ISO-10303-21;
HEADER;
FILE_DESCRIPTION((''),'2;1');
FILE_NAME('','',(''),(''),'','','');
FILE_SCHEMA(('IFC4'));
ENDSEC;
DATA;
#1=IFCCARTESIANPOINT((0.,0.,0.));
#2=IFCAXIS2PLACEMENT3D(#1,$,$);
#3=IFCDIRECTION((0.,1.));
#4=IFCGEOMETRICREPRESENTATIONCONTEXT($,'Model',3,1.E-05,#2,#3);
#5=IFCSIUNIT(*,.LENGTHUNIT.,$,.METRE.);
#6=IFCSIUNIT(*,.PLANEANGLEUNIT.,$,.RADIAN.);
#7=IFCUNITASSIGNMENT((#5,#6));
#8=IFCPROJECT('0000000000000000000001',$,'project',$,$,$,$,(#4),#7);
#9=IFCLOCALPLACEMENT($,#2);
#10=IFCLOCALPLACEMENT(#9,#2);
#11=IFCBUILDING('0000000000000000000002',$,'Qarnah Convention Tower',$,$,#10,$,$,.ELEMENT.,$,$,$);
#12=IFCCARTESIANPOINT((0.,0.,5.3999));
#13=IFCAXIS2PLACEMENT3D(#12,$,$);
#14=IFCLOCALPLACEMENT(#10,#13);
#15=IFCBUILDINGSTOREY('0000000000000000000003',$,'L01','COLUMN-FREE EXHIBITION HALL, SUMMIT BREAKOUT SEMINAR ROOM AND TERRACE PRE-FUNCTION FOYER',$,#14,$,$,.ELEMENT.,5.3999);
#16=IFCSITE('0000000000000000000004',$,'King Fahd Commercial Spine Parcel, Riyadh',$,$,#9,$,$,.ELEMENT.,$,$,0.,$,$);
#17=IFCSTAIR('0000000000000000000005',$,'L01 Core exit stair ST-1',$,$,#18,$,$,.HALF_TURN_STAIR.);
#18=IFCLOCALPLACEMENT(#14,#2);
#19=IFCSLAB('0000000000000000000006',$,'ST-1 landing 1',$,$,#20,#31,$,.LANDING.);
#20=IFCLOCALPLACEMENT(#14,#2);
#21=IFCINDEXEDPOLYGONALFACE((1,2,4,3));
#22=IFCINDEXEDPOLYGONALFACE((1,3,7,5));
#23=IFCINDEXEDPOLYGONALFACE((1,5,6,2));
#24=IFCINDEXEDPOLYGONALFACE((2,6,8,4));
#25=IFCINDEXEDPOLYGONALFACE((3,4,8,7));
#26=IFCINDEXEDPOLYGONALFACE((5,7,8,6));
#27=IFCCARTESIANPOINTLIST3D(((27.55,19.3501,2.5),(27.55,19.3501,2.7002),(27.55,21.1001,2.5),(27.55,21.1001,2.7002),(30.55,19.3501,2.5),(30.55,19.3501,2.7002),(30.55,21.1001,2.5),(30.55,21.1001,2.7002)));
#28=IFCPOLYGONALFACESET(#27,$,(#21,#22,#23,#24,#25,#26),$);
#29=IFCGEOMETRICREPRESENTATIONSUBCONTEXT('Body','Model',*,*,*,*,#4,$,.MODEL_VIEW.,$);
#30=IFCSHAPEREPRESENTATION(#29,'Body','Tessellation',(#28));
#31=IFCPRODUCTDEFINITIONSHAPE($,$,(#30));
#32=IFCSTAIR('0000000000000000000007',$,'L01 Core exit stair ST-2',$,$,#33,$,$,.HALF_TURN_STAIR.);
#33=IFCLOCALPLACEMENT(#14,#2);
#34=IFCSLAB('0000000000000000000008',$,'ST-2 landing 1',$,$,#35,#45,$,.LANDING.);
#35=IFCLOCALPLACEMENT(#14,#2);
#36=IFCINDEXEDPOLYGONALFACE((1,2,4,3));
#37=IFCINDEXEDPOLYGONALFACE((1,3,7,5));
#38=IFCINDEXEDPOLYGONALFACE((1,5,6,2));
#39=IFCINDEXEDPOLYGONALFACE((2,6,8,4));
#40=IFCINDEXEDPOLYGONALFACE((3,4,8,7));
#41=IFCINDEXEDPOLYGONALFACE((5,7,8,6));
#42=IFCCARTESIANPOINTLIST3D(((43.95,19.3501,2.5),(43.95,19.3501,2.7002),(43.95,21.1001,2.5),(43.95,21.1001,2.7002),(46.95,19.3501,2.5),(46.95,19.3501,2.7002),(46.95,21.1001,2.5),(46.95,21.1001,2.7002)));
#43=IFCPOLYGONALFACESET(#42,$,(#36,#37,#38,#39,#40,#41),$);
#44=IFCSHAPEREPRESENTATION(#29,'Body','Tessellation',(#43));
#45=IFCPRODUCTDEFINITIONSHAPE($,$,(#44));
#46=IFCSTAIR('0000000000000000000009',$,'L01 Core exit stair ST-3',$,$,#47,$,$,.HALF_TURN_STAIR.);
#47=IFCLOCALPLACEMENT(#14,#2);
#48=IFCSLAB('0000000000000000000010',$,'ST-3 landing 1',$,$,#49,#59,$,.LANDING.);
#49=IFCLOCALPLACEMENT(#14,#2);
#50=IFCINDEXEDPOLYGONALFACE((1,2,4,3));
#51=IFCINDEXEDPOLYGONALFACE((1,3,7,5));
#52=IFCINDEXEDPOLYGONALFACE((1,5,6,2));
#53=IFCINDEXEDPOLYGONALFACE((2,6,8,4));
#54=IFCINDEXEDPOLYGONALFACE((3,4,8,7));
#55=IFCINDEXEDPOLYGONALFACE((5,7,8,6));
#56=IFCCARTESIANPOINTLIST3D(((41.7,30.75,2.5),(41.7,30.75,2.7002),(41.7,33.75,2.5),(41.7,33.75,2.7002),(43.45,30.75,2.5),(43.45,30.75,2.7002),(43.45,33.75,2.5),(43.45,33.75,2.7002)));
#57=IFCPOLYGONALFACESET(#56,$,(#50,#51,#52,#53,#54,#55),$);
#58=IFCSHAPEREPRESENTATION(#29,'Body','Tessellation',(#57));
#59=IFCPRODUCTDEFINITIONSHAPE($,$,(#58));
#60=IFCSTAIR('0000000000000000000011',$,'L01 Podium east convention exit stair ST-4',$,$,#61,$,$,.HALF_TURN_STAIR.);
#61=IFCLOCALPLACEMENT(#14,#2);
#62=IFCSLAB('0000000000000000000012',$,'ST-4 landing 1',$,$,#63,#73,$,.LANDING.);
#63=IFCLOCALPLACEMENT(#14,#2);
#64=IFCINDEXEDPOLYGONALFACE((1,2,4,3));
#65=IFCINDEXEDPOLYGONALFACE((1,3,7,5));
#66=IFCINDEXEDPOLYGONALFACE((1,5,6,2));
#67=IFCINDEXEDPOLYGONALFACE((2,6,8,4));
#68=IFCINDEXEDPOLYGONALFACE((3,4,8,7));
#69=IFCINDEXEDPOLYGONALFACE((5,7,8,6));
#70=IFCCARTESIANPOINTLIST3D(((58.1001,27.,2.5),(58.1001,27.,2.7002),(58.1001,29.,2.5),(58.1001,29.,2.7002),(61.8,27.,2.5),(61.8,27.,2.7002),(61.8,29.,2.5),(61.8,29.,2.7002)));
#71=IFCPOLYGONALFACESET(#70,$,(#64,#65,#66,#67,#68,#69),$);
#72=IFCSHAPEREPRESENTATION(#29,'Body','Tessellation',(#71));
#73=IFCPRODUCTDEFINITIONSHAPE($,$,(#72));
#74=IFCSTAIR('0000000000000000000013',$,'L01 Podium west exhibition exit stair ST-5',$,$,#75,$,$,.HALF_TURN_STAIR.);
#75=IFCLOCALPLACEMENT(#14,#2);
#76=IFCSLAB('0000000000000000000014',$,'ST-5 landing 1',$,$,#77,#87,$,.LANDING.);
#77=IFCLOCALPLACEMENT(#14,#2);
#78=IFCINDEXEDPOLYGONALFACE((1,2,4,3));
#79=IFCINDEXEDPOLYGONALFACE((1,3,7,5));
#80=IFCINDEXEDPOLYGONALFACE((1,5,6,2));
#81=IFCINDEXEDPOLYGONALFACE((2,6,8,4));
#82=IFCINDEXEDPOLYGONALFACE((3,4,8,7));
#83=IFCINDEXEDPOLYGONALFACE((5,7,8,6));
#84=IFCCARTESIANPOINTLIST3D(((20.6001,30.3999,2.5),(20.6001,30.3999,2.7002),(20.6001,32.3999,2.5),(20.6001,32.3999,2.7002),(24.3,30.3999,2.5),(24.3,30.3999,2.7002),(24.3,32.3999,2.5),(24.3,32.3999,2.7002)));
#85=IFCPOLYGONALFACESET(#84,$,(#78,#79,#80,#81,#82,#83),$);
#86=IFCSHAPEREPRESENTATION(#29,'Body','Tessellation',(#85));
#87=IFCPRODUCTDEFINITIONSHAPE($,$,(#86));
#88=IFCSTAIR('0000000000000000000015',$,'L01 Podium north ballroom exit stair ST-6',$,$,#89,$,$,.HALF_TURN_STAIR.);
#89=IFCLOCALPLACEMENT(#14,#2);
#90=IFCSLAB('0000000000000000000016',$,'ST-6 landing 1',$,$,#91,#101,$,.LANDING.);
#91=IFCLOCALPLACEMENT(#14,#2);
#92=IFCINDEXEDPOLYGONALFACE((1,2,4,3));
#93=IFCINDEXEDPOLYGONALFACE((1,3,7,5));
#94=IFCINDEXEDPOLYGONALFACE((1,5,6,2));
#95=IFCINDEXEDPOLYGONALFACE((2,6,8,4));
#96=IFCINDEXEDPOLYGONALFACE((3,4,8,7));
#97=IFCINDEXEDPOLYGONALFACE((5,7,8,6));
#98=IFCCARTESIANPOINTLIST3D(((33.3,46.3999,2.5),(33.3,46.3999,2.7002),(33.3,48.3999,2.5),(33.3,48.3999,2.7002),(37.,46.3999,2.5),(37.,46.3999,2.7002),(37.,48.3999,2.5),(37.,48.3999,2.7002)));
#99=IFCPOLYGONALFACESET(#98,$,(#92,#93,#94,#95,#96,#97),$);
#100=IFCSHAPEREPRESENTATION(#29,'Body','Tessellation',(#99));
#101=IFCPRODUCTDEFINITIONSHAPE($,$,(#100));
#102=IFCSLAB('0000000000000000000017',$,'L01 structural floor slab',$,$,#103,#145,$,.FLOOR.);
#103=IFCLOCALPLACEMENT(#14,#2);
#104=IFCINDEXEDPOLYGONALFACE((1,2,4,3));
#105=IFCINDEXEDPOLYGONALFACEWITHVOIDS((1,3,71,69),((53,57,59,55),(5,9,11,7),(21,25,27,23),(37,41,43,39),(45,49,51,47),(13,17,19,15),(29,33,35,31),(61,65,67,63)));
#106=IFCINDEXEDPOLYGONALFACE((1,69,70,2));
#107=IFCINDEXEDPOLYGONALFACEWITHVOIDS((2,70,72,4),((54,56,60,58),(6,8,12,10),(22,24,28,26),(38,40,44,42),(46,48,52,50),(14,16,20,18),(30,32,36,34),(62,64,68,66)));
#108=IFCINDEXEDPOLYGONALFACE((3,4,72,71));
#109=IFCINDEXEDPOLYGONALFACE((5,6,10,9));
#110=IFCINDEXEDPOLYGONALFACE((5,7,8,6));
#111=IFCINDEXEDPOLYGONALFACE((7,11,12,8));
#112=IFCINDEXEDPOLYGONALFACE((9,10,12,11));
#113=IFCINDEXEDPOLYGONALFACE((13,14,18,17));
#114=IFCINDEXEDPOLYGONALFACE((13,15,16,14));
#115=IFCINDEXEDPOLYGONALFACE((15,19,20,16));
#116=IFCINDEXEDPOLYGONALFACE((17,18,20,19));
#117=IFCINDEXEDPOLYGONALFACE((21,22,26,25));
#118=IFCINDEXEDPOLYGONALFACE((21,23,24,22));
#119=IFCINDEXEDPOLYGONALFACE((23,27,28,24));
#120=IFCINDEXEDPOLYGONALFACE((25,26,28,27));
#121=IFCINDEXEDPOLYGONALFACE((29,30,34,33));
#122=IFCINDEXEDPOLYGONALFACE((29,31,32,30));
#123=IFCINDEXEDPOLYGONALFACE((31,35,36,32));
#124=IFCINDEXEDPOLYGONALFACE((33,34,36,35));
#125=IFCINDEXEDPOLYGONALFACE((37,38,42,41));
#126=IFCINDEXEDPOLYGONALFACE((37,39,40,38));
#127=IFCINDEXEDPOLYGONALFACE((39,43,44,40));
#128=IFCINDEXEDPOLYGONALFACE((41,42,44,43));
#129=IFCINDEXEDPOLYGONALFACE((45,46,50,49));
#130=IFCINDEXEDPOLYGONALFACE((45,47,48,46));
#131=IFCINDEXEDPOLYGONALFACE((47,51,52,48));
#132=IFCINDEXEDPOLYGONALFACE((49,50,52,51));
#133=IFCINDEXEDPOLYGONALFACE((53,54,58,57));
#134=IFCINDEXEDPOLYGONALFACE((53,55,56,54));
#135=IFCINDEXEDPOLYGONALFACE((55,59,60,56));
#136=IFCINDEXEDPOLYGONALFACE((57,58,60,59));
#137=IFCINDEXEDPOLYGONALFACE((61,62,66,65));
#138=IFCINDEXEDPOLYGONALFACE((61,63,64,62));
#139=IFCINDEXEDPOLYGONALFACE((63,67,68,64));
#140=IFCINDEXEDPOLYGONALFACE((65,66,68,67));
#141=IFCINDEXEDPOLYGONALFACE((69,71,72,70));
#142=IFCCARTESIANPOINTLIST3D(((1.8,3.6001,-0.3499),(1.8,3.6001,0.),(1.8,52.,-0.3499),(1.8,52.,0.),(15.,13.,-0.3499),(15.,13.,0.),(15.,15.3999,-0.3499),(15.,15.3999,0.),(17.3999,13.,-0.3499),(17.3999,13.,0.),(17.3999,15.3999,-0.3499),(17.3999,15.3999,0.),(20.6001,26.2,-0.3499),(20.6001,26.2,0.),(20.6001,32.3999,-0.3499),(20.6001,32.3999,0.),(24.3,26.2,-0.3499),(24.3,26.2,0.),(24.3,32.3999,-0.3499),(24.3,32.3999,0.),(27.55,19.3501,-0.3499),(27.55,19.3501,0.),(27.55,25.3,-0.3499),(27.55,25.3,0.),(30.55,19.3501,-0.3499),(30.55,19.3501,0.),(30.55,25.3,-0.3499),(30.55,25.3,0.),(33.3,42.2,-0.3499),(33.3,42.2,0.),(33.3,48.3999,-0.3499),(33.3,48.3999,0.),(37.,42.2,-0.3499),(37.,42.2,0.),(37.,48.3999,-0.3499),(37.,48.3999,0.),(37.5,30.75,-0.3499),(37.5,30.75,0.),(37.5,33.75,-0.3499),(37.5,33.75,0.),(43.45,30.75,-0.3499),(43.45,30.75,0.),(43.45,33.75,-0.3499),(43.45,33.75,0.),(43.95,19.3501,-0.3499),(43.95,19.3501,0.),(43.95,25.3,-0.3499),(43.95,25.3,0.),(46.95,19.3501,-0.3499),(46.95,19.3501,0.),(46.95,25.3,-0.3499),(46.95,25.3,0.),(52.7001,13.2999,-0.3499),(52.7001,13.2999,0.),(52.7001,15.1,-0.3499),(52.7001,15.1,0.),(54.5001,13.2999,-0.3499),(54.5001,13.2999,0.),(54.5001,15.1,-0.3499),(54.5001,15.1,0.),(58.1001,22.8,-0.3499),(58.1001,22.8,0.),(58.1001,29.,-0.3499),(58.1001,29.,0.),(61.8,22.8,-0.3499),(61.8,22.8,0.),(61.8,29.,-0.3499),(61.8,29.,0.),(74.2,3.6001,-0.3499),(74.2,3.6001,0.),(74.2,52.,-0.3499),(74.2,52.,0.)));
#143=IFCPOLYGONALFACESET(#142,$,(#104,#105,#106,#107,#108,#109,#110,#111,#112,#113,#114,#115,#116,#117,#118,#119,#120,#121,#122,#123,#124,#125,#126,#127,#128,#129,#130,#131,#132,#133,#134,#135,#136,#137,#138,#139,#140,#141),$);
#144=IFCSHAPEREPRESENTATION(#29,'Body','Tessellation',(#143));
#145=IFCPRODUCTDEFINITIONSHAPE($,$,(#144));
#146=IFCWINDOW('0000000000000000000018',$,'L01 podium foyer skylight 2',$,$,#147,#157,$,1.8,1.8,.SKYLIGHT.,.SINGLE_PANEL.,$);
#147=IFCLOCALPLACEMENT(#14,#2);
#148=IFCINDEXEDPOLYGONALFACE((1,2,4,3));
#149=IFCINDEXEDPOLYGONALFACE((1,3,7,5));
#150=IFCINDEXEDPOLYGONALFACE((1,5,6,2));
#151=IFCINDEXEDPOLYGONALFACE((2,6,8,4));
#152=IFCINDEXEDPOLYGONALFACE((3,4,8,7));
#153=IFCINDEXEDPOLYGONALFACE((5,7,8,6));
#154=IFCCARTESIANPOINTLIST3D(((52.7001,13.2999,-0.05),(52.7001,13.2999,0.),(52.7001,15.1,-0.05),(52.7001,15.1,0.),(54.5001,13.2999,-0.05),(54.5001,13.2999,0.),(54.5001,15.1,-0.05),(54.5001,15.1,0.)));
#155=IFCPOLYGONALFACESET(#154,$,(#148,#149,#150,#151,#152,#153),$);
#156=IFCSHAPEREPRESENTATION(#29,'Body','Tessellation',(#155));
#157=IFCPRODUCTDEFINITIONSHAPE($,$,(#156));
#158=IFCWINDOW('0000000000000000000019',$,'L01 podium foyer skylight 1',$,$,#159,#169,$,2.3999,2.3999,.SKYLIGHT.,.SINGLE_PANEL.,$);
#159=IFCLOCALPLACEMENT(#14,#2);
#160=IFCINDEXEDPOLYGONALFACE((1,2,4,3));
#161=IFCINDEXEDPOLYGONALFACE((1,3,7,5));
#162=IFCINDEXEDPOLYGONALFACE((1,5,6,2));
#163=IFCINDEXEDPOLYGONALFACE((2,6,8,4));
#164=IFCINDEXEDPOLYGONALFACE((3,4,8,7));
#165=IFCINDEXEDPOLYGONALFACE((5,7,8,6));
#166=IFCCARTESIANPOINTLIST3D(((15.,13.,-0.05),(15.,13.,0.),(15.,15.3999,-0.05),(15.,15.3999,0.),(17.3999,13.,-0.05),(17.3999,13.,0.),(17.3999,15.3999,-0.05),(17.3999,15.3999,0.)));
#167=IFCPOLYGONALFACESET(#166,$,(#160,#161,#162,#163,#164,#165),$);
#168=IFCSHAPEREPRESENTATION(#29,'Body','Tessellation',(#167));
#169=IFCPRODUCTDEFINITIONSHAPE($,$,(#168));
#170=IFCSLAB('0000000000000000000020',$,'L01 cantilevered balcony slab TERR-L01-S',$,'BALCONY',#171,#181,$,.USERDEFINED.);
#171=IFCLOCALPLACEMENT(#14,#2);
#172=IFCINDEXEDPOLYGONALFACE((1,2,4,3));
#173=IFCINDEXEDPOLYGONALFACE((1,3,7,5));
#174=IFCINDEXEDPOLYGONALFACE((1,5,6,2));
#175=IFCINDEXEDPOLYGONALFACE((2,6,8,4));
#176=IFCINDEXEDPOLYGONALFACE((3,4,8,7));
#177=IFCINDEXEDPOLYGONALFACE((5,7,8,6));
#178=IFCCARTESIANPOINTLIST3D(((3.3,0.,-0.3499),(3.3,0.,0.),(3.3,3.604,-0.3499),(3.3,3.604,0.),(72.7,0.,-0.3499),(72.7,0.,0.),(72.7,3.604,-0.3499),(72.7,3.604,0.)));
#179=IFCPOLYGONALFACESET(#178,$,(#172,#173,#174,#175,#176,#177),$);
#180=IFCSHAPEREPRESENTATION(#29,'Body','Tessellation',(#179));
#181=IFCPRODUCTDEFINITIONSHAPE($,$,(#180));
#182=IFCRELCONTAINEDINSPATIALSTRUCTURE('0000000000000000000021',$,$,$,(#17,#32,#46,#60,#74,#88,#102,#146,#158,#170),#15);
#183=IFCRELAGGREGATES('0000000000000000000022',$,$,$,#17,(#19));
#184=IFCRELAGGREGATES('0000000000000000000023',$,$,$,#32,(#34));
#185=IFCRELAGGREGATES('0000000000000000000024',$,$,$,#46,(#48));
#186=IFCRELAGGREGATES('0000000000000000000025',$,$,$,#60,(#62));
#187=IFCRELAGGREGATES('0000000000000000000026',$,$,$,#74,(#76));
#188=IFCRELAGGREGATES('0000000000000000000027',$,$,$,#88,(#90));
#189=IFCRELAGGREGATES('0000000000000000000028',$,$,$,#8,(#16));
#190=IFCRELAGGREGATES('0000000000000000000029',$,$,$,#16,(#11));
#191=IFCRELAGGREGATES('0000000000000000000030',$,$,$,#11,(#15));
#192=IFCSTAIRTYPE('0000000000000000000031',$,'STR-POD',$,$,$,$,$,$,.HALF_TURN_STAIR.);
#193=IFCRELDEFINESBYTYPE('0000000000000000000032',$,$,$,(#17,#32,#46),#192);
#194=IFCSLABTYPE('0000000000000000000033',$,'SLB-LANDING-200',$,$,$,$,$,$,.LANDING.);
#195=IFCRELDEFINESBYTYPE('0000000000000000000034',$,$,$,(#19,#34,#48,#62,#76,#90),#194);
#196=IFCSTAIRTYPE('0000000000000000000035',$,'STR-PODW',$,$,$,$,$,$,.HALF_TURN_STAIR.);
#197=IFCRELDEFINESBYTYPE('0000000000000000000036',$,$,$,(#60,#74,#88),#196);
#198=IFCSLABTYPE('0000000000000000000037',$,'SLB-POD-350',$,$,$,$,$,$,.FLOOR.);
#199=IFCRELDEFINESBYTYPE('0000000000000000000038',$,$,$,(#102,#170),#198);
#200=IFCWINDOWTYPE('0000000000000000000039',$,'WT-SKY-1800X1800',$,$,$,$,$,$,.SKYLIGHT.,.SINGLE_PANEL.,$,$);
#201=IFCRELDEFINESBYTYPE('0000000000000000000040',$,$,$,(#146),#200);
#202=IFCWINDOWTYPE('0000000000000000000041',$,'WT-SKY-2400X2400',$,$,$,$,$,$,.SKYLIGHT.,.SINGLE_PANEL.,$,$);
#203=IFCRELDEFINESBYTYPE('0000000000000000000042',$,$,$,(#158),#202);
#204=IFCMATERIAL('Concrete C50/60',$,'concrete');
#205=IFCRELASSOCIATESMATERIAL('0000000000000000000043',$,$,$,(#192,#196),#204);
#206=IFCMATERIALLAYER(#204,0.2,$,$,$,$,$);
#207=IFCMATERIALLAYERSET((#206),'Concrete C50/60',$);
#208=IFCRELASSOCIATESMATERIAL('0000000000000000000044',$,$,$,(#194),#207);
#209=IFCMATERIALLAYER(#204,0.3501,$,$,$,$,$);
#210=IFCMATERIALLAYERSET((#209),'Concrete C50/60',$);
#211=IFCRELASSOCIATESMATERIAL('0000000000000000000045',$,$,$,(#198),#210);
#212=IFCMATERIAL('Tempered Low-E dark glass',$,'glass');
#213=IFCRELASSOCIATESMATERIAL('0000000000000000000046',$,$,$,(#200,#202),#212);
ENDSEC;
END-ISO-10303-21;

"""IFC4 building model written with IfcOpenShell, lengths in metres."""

from ifc_helpers import new_model, si_unit, direction, frame, origin, origin_2d, place, context, subcontext, project, spatial, polyline, rectangle, outline, extrude, material, layer, layer_set, type_object, element, fill, aggregate, save


model = new_model("IFC4")

# Units and contexts
model_context = context("Model", 3, precision=1e-05, world=origin(), true_north=direction((0.0, 1.0)))
body_context = subcontext(model_context, "Body", "Model", "MODEL_VIEW")
ifc_project = project(units=[si_unit("LENGTHUNIT", "METRE"), si_unit("PLANEANGLEUNIT", "RADIAN")], contexts=[model_context])

# Site, building, storey
site_placement = place(None, origin())
site = spatial("IfcSite", under=ifc_project, at=site_placement, Name="King Fahd Commercial Spine Parcel, Riyadh", CompositionType="ELEMENT", RefElevation=0.0)
building_placement = place(site_placement, origin())
building = spatial("IfcBuilding", under=site, at=building_placement, Name="Qarnah Convention Tower", CompositionType="ELEMENT")
storey_placement = place(building_placement, frame((0.0, 0.0, 5.3999)))
storey = spatial("IfcBuildingStorey", under=building, at=storey_placement, Name="L01", Description="COLUMN-FREE EXHIBITION HALL, SUMMIT BREAKOUT SEMINAR ROOM AND TERRACE PRE-FUNCTION FOYER", CompositionType="ELEMENT", Elevation=5.3999)

# Stairs, slabs
ifc_material_1 = material(Name="Concrete C50/60", Category="concrete")
stair_type_1 = type_object("IfcStairType", Name="STR-POD", PredefinedType="HALF_TURN_STAIR", material=ifc_material_1)
stair_1_placement = place(storey_placement, origin())
stair_1 = element("IfcStair", 1, at=stair_1_placement, inside=storey, type_object=stair_type_1, Name="L01 Core exit stair ST-1", PredefinedType="HALF_TURN_STAIR")
ifc_layer_1 = layer(ifc_material_1, 0.2)
ifc_layer_set_1 = layer_set([ifc_layer_1], Name="Concrete C50/60")
slab_type_1 = type_object("IfcSlabType", Name="SLB-LANDING-200", PredefinedType="LANDING", material=ifc_layer_set_1)
slab_1_placement = place(storey_placement, frame((0.0, 0.0, 2.5)))
slab_1 = element("IfcSlab", 2, at=slab_1_placement, type_object=slab_type_1, Name="ST-1 landing 1", PredefinedType="LANDING", context=body_context, shape_type="SweptSolid", body=[
    extrude(outline(polyline([(27.55, 21.1001), (27.55, 19.3501), (30.55, 19.3501), (30.55, 21.1001), (27.55, 21.1001)])), origin(), (0.0, 0.0, 1.0), 0.2002),
])
aggregate(stair_1, [slab_1])
stair_2_placement = place(storey_placement, origin())
stair_2 = element("IfcStair", 3, at=stair_2_placement, inside=storey, type_object=stair_type_1, Name="L01 Core exit stair ST-2", PredefinedType="HALF_TURN_STAIR")
slab_2_placement = place(storey_placement, frame((0.0, 0.0, 2.5)))
slab_2 = element("IfcSlab", 4, at=slab_2_placement, type_object=slab_type_1, Name="ST-2 landing 1", PredefinedType="LANDING", context=body_context, shape_type="SweptSolid", body=[
    extrude(outline(polyline([(43.95, 21.1001), (43.95, 19.3501), (46.95, 19.3501), (46.95, 21.1001), (43.95, 21.1001)])), origin(), (0.0, 0.0, 1.0), 0.2002),
])
aggregate(stair_2, [slab_2])
stair_3_placement = place(storey_placement, origin())
stair_3 = element("IfcStair", 5, at=stair_3_placement, inside=storey, type_object=stair_type_1, Name="L01 Core exit stair ST-3", PredefinedType="HALF_TURN_STAIR")
slab_3_placement = place(storey_placement, frame((0.0, 0.0, 2.5)))
slab_3 = element("IfcSlab", 6, at=slab_3_placement, type_object=slab_type_1, Name="ST-3 landing 1", PredefinedType="LANDING", context=body_context, shape_type="SweptSolid", body=[
    extrude(outline(polyline([(41.7, 30.75), (43.45, 30.75), (43.45, 33.75), (41.7, 33.75), (41.7, 30.75)])), origin(), (0.0, 0.0, 1.0), 0.2002),
])
aggregate(stair_3, [slab_3])
stair_type_2 = type_object("IfcStairType", Name="STR-PODW", PredefinedType="HALF_TURN_STAIR", material=ifc_material_1)
stair_4_placement = place(storey_placement, origin())
stair_4 = element("IfcStair", 7, at=stair_4_placement, inside=storey, type_object=stair_type_2, Name="L01 Podium east convention exit stair ST-4", PredefinedType="HALF_TURN_STAIR")
slab_4_placement = place(storey_placement, frame((0.0, 0.0, 2.5)))
slab_4 = element("IfcSlab", 8, at=slab_4_placement, type_object=slab_type_1, Name="ST-4 landing 1", PredefinedType="LANDING", context=body_context, shape_type="SweptSolid", body=[
    extrude(outline(polyline([(61.8, 27.0), (61.8, 29.0), (58.1001, 29.0), (58.1001, 27.0), (61.8, 27.0)])), origin(), (0.0, 0.0, 1.0), 0.2002),
])
aggregate(stair_4, [slab_4])
stair_5_placement = place(storey_placement, origin())
stair_5 = element("IfcStair", 9, at=stair_5_placement, inside=storey, type_object=stair_type_2, Name="L01 Podium west exhibition exit stair ST-5", PredefinedType="HALF_TURN_STAIR")
slab_5_placement = place(storey_placement, frame((0.0, 0.0, 2.5)))
slab_5 = element("IfcSlab", 10, at=slab_5_placement, type_object=slab_type_1, Name="ST-5 landing 1", PredefinedType="LANDING", context=body_context, shape_type="SweptSolid", body=[
    extrude(outline(polyline([(24.3, 30.3999), (24.3, 32.3999), (20.6001, 32.3999), (20.6001, 30.3999), (24.3, 30.3999)])), origin(), (0.0, 0.0, 1.0), 0.2002),
])
aggregate(stair_5, [slab_5])
stair_6_placement = place(storey_placement, origin())
stair_6 = element("IfcStair", 11, at=stair_6_placement, inside=storey, type_object=stair_type_2, Name="L01 Podium north ballroom exit stair ST-6", PredefinedType="HALF_TURN_STAIR")
slab_6_placement = place(storey_placement, frame((0.0, 0.0, 2.5)))
slab_6 = element("IfcSlab", 12, at=slab_6_placement, type_object=slab_type_1, Name="ST-6 landing 1", PredefinedType="LANDING", context=body_context, shape_type="SweptSolid", body=[
    extrude(outline(polyline([(37.0, 46.3999), (37.0, 48.3999), (33.3, 48.3999), (33.3, 46.3999), (37.0, 46.3999)])), origin(), (0.0, 0.0, 1.0), 0.2002),
])
aggregate(stair_6, [slab_6])

# Slab, openings, windows
ifc_layer_2 = layer(ifc_material_1, 0.3501)
ifc_layer_set_2 = layer_set([ifc_layer_2], Name="Concrete C50/60")
slab_type_2 = type_object("IfcSlabType", Name="SLB-POD-350", PredefinedType="FLOOR", material=ifc_layer_set_2)
slab_7_placement = place(storey_placement, frame((0.0, 0.0, -0.3499)))
slab_7 = element("IfcSlab", 13, at=slab_7_placement, inside=storey, type_object=slab_type_2, Name="L01 structural floor slab", PredefinedType="FLOOR", context=body_context, shape_type="SweptSolid", body=[
    extrude(outline(polyline([(1.8, 3.6001), (74.2, 3.6001), (74.2, 52.0), (1.8, 52.0), (1.8, 3.6001)]), holes=[polyline([(27.55, 25.3), (27.55, 19.3501), (30.55, 19.3501), (30.55, 25.3), (27.55, 25.3)]), polyline([(43.95, 25.3), (43.95, 19.3501), (46.95, 19.3501), (46.95, 25.3), (43.95, 25.3)]), polyline([(37.5, 30.75), (43.45, 30.75), (43.45, 33.75), (37.5, 33.75), (37.5, 30.75)]), polyline([(61.8, 22.8), (61.8, 29.0), (58.1001, 29.0), (58.1001, 22.8), (61.8, 22.8)]), polyline([(24.3, 26.2), (24.3, 32.3999), (20.6001, 32.3999), (20.6001, 26.2), (24.3, 26.2)]), polyline([(37.0, 42.2), (37.0, 48.3999), (33.3, 48.3999), (33.3, 42.2), (37.0, 42.2)])]), origin(), (0.0, 0.0, 1.0), 0.3499),
])
opening_1_placement = place(slab_7_placement, frame((16.2, 14.2, 0.0)))
opening_1 = element("IfcOpeningElement", 14, at=opening_1_placement, cuts=slab_7, PredefinedType="OPENING", context=body_context, shape_type="SweptSolid", body=[
    extrude(rectangle(XDim=2.3999, YDim=2.3999, at=origin_2d()), origin(), (0.0, 0.0, 1.0), 0.3499),
])
opening_2_placement = place(slab_7_placement, frame((53.6001, 14.2, 0.0)))
opening_2 = element("IfcOpeningElement", 15, at=opening_2_placement, cuts=slab_7, PredefinedType="OPENING", context=body_context, shape_type="SweptSolid", body=[
    extrude(rectangle(XDim=1.8, YDim=1.8, at=origin_2d()), origin(), (0.0, 0.0, 1.0), 0.3499),
])
ifc_material_2 = material(Name="Tempered Low-E dark glass", Category="glass")
window_type_1 = type_object("IfcWindowType", Name="WT-SKY-1800X1800", PartitioningType="SINGLE_PANEL", PredefinedType="SKYLIGHT", material=ifc_material_2)
window_1_placement = place(opening_2_placement, frame((0.0, 0.0, 0.2998)))
window_1 = element("IfcWindow", 16, at=window_1_placement, inside=storey, type_object=window_type_1, Name="L01 podium foyer skylight 2", OverallHeight=1.8, OverallWidth=1.8, PartitioningType="SINGLE_PANEL", PredefinedType="SKYLIGHT", context=body_context, shape_type="SweptSolid", body=[
    extrude(rectangle(XDim=1.8, YDim=1.8, at=origin_2d()), origin(), (0.0, 0.0, 1.0), 0.05),
])
fill(opening_2, window_1)
window_type_2 = type_object("IfcWindowType", Name="WT-SKY-2400X2400", PartitioningType="SINGLE_PANEL", PredefinedType="SKYLIGHT", material=ifc_material_2)
window_2_placement = place(opening_1_placement, frame((0.0, 0.0, 0.2998)))
window_2 = element("IfcWindow", 17, at=window_2_placement, inside=storey, type_object=window_type_2, Name="L01 podium foyer skylight 1", OverallHeight=2.3999, OverallWidth=2.3999, PartitioningType="SINGLE_PANEL", PredefinedType="SKYLIGHT", context=body_context, shape_type="SweptSolid", body=[
    extrude(rectangle(XDim=2.3999, YDim=2.3999, at=origin_2d()), origin(), (0.0, 0.0, 1.0), 0.05),
])
fill(opening_1, window_2)

# Slab
slab_8_placement = place(storey_placement, frame((0.0, 0.0, -0.3499)))
element("IfcSlab", 18, at=slab_8_placement, inside=storey, type_object=slab_type_2, Name="L01 cantilevered balcony slab TERR-L01-S", ObjectType="BALCONY", PredefinedType="USERDEFINED", context=body_context, shape_type="SweptSolid", body=[
    extrude(outline(polyline([(72.7, 0.0), (3.3, 0.0), (3.3, 3.604), (72.7, 3.604), (72.7, 0.0)])), origin(), (0.0, 0.0, 1.0), 0.3499),
])

save(model, "model.ifc")
